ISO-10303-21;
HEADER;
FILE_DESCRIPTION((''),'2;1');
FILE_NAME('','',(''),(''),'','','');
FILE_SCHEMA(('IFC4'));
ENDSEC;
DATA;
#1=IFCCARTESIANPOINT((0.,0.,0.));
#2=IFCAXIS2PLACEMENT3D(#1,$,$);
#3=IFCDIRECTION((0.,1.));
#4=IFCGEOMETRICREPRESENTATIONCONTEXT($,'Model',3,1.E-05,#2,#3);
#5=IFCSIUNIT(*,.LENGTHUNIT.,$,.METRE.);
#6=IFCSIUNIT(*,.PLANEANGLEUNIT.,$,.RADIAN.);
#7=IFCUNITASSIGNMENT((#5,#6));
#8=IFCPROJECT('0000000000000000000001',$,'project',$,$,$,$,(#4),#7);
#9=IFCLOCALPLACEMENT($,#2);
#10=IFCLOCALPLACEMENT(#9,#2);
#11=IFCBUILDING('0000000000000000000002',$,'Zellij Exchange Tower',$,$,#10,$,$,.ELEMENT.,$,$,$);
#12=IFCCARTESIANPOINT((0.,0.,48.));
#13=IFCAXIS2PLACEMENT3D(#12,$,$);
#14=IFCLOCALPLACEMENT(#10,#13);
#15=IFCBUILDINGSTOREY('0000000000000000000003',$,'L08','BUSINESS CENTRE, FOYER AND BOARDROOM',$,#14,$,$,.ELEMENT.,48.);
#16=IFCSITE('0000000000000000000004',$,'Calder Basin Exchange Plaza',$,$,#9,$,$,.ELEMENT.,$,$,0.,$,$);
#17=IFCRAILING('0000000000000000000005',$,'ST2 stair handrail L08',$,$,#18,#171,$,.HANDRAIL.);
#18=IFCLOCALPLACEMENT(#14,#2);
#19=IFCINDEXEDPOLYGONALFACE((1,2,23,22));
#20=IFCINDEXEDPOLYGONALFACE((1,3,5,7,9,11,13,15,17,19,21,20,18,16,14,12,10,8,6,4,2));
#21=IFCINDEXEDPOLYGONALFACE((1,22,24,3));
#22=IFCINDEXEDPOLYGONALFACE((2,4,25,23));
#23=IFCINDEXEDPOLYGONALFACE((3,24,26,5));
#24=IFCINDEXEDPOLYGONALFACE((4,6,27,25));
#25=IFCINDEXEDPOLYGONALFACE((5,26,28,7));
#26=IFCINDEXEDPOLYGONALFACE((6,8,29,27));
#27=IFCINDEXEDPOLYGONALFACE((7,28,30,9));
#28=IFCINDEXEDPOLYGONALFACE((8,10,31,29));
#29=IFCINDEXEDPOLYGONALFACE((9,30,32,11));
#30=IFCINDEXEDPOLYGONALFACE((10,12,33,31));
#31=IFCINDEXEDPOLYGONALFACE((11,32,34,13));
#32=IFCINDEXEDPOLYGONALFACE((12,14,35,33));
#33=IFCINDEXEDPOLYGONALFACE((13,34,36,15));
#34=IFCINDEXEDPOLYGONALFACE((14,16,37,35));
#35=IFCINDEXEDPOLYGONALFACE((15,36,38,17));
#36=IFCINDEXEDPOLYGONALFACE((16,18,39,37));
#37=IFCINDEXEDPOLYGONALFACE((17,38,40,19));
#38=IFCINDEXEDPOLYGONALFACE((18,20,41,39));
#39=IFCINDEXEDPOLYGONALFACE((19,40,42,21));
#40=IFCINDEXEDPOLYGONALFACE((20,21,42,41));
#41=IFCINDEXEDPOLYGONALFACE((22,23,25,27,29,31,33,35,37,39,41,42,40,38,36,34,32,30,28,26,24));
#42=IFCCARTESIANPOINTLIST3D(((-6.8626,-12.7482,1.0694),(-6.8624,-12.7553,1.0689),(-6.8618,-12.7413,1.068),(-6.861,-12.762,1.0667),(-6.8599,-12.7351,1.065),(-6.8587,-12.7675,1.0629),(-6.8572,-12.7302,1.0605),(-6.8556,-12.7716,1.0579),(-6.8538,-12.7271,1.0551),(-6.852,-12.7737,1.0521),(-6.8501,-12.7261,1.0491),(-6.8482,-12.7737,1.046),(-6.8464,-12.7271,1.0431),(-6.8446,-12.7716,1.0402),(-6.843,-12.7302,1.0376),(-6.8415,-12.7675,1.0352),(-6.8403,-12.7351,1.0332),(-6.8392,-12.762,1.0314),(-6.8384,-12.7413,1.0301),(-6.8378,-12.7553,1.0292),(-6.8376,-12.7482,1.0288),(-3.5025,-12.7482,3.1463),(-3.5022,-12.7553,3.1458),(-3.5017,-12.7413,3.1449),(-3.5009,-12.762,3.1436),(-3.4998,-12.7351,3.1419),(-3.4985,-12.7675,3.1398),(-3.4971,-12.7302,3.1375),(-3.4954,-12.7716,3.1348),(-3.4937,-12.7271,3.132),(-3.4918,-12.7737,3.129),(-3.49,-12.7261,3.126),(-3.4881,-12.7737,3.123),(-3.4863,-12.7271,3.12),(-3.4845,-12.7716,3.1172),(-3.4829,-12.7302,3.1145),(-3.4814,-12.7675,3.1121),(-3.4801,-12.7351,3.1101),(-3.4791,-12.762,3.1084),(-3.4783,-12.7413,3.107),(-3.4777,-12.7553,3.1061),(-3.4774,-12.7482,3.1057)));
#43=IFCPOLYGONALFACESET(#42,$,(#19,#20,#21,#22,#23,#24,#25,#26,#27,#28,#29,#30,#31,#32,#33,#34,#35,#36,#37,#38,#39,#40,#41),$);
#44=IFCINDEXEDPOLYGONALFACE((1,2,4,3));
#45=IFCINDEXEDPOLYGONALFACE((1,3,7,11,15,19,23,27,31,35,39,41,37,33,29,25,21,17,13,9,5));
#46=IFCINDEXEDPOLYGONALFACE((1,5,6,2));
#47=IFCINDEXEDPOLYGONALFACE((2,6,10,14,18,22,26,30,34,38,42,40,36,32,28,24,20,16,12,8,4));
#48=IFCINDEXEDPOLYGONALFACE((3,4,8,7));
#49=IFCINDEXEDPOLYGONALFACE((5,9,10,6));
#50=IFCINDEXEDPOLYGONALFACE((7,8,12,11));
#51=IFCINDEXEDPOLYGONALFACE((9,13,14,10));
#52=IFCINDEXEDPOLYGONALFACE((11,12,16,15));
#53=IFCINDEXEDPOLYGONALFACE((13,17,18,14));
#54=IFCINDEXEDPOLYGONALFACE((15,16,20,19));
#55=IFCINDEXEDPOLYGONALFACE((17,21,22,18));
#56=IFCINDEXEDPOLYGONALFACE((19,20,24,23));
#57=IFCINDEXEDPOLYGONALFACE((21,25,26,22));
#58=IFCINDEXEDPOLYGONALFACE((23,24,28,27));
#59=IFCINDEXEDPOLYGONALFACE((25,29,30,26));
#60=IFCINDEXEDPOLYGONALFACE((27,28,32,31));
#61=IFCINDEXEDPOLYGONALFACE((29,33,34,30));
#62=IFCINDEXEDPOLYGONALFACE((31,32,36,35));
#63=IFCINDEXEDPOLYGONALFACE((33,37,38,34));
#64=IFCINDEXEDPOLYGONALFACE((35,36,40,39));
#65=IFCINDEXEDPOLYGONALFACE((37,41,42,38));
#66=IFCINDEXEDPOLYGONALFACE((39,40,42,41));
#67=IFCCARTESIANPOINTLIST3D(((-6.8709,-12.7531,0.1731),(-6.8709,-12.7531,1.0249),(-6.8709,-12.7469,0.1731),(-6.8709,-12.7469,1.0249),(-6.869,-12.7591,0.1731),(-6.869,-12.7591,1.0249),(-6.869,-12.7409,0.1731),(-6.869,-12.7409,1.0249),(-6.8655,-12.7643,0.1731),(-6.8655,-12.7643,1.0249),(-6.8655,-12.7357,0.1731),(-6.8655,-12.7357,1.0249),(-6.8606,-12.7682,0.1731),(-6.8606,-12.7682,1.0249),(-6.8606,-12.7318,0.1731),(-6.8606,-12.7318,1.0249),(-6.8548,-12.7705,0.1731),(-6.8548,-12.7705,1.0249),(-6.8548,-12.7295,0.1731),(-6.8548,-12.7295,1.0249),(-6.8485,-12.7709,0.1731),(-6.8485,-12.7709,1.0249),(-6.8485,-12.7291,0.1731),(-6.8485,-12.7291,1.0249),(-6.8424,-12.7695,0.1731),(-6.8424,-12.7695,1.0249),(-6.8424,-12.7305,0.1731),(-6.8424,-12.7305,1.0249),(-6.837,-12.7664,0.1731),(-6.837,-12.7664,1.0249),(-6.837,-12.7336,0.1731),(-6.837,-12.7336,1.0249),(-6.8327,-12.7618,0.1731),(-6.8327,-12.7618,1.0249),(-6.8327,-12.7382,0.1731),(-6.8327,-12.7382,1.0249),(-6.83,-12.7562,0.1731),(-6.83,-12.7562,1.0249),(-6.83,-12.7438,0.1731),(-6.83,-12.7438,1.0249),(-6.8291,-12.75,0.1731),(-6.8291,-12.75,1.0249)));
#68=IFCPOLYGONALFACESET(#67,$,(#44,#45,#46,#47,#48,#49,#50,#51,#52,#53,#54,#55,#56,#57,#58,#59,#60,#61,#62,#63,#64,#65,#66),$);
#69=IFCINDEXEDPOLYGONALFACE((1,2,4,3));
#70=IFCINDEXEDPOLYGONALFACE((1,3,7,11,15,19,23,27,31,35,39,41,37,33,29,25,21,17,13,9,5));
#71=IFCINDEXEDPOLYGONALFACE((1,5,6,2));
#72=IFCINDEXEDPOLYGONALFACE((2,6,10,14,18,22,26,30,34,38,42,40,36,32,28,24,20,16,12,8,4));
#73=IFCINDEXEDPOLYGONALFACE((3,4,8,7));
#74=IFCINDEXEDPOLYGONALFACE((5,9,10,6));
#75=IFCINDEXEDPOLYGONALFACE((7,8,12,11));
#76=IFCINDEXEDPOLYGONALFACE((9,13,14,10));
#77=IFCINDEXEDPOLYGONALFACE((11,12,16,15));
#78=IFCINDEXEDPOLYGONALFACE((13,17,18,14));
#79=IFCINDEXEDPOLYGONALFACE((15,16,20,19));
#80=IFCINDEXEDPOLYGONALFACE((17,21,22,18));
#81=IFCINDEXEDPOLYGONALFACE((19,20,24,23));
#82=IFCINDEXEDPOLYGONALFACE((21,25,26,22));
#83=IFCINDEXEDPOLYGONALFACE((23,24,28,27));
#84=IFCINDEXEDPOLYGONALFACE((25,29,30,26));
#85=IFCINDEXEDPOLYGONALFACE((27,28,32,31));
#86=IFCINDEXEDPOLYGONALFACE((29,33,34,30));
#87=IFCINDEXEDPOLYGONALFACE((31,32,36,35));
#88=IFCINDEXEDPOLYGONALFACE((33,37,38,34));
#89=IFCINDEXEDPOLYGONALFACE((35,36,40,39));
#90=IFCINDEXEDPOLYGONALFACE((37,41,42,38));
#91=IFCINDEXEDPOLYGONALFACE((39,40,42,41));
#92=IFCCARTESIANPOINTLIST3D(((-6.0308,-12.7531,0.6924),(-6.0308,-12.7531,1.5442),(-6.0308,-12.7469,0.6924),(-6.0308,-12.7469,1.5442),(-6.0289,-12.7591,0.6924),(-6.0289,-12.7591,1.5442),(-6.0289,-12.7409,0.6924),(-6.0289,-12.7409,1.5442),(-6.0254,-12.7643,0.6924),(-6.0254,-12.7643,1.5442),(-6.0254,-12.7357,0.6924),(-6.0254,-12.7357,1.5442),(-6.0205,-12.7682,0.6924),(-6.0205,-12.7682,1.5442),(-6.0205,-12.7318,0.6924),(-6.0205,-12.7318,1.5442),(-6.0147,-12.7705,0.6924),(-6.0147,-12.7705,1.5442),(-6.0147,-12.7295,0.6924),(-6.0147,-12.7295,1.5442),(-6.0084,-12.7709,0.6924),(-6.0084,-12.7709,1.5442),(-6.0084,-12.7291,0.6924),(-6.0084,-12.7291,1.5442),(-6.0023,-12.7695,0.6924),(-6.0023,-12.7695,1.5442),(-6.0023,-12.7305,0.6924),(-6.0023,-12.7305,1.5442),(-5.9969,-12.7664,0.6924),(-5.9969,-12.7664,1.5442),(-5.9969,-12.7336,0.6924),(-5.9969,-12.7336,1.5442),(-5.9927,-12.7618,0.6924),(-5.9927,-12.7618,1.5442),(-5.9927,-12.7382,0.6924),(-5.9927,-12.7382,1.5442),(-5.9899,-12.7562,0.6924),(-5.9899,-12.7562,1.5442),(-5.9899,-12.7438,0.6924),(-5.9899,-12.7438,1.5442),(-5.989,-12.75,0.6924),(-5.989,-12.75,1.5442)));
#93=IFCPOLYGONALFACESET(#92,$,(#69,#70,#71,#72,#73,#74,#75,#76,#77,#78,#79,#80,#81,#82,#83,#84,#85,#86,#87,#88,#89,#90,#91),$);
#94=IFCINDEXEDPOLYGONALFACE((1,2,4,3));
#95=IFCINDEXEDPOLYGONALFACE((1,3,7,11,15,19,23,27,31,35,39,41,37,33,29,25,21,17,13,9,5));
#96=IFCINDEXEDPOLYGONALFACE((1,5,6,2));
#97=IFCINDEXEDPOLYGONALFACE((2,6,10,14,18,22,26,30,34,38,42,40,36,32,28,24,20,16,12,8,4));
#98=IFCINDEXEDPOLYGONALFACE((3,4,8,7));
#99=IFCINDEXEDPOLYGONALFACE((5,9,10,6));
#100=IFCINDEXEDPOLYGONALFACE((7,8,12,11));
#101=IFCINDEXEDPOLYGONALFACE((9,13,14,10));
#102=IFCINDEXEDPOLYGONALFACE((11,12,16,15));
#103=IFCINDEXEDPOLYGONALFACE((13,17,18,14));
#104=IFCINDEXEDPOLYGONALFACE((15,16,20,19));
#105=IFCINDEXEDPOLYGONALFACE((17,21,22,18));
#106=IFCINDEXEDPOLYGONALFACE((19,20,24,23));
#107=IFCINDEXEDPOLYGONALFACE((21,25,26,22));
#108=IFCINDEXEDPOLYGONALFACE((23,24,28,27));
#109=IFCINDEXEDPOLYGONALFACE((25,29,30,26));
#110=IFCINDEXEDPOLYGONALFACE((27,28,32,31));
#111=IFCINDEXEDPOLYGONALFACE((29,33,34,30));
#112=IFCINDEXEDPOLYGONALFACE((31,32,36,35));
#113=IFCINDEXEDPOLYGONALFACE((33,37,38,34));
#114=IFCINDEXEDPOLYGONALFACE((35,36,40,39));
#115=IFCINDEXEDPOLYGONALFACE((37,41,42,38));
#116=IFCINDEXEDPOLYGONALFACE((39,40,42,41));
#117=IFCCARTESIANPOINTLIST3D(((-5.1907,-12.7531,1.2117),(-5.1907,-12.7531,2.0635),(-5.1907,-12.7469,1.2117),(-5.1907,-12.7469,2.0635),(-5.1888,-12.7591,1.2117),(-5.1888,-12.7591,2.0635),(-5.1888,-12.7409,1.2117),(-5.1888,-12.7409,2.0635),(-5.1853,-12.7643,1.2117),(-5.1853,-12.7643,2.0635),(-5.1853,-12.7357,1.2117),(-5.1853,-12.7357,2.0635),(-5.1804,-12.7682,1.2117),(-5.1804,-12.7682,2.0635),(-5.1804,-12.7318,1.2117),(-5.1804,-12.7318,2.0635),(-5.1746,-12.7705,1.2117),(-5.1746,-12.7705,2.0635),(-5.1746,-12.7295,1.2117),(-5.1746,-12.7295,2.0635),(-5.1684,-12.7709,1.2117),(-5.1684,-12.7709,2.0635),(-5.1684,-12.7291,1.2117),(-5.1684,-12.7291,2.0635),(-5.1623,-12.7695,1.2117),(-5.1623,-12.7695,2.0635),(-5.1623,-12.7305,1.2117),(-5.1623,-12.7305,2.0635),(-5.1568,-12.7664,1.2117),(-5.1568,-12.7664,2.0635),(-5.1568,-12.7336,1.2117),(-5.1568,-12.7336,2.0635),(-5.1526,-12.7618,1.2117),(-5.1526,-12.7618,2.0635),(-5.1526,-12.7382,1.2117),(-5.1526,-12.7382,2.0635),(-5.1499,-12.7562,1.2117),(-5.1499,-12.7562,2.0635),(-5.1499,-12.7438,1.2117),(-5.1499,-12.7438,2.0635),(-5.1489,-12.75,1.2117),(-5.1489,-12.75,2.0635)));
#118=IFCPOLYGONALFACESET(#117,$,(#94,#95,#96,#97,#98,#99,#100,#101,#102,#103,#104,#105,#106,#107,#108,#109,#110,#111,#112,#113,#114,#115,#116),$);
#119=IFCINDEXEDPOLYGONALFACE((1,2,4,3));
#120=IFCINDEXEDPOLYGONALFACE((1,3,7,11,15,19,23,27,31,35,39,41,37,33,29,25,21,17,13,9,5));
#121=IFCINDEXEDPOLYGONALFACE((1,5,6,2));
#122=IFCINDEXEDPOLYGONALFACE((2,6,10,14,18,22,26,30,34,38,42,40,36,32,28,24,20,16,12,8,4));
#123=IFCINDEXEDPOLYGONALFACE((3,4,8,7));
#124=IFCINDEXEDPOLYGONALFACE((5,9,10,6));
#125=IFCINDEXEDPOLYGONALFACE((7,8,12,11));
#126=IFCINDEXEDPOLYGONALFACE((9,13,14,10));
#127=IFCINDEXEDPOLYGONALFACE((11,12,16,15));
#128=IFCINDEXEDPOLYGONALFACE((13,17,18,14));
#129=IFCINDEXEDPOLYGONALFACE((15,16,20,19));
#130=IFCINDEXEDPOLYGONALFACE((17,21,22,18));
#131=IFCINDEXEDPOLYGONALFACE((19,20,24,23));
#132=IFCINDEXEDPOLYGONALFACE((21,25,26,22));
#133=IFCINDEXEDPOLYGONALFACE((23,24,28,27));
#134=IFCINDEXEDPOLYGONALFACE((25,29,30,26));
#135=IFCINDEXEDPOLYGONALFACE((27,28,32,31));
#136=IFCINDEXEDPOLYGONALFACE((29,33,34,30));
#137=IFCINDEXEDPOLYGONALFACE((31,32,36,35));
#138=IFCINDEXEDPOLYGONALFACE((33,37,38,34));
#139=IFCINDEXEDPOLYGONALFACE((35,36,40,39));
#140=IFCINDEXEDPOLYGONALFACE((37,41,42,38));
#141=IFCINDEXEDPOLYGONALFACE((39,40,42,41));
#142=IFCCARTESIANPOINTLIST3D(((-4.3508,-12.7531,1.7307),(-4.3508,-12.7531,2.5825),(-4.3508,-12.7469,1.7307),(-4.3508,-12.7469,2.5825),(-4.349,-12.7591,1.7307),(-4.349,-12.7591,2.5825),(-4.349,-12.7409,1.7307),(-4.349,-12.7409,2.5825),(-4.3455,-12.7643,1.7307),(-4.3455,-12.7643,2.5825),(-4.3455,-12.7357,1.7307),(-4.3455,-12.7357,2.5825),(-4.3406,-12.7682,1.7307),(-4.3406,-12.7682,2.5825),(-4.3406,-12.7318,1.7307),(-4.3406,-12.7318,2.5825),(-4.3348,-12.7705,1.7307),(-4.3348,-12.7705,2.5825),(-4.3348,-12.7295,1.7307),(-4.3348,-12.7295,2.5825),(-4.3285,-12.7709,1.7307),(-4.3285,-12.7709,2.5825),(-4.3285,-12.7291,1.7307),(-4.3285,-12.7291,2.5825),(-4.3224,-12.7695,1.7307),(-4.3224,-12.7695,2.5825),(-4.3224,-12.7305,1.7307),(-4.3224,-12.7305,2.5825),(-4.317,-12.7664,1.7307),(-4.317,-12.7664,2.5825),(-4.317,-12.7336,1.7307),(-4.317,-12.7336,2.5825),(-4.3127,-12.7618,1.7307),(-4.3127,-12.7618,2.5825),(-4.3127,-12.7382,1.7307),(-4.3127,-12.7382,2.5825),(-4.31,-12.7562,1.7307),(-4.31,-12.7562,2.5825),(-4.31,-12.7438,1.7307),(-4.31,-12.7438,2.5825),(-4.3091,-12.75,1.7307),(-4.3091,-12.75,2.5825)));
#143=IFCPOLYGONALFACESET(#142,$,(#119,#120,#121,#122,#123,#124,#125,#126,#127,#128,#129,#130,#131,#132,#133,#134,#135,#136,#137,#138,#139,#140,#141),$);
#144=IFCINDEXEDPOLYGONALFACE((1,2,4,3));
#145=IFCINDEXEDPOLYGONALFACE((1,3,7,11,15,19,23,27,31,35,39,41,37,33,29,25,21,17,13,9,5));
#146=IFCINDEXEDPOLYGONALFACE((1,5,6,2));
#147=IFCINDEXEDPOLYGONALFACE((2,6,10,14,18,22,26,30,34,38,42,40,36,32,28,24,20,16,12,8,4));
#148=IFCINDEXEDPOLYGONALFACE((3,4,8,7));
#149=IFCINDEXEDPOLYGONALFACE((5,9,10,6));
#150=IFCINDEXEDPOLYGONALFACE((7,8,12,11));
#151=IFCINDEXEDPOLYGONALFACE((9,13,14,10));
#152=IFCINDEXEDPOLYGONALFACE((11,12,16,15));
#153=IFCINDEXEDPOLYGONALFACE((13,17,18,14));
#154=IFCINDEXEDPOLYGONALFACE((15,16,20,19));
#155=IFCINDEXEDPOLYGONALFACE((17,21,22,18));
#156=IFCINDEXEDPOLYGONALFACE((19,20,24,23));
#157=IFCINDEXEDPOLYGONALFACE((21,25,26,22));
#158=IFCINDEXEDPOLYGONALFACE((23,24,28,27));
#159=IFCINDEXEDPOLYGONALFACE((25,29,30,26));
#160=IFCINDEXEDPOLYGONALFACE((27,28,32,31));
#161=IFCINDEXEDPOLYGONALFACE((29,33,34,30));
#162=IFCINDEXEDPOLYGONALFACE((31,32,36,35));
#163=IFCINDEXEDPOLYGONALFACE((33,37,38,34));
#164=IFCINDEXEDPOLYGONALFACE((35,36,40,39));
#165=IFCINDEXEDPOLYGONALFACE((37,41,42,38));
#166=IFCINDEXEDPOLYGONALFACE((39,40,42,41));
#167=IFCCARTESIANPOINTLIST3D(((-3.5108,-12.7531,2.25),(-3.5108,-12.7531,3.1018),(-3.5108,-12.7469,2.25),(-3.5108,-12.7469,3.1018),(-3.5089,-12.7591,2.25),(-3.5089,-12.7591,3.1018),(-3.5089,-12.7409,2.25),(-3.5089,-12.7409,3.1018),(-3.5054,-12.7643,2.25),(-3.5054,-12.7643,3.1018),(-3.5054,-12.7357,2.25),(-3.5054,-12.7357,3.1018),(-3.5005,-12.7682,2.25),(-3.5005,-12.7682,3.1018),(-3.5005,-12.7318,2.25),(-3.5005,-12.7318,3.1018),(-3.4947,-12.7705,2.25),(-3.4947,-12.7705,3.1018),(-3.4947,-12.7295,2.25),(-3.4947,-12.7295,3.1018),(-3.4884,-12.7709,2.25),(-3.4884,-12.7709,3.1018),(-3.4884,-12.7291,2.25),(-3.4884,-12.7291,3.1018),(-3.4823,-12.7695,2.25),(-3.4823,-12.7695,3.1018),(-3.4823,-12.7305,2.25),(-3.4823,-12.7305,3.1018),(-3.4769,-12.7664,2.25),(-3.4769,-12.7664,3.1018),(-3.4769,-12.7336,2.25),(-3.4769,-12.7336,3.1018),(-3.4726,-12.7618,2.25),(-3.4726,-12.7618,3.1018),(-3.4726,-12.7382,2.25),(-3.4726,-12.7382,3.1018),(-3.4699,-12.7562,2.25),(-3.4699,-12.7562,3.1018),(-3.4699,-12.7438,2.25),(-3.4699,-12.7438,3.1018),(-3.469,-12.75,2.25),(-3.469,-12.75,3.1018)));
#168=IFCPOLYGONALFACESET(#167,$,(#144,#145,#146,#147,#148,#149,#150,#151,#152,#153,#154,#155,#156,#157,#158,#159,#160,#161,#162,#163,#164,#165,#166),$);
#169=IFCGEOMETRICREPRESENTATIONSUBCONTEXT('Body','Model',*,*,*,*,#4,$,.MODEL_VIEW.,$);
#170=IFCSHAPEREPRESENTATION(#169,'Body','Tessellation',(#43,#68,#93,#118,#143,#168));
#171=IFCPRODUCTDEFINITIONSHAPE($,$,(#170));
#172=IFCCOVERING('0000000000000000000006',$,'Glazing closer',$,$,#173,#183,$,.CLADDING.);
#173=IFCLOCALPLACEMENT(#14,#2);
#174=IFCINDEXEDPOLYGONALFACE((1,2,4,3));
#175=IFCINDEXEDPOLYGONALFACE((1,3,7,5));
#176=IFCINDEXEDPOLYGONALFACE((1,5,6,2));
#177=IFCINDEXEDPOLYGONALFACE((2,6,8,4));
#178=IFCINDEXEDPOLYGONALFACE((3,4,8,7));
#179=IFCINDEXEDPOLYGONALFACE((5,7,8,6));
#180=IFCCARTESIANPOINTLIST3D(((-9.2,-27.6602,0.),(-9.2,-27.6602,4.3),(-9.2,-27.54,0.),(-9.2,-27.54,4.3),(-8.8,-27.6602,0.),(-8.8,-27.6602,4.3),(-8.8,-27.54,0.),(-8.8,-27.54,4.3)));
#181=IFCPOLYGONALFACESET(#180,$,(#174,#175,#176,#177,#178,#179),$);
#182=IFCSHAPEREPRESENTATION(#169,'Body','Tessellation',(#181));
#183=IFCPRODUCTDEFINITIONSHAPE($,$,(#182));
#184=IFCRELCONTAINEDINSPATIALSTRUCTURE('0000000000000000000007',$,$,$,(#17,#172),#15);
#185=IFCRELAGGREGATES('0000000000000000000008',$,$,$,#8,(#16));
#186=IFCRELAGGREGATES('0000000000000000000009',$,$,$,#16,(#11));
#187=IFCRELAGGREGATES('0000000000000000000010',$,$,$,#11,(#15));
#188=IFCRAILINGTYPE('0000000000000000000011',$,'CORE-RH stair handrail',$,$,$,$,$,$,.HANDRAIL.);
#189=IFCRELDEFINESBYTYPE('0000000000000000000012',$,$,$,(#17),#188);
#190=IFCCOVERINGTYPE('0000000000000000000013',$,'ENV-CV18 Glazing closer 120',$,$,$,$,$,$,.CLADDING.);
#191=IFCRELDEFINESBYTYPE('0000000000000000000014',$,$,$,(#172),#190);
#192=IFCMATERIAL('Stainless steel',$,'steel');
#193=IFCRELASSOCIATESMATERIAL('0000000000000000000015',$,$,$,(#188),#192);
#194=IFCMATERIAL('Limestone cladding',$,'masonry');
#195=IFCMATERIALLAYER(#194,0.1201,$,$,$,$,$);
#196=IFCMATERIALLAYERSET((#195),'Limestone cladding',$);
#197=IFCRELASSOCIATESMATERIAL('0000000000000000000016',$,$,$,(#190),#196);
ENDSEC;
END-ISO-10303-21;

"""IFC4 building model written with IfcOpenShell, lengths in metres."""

from ifc_helpers import new_model, si_unit, direction, frame, origin, origin_2d, place, context, subcontext, project, spatial, rectangle, circle, extrude, material, layer, layer_set, type_object, element, save


model = new_model("IFC4")

# Units and contexts
model_context = context("Model", 3, precision=1e-05, world=origin(), true_north=direction((0.0, 1.0)))
body_context = subcontext(model_context, "Body", "Model", "MODEL_VIEW")
ifc_project = project(units=[si_unit("LENGTHUNIT", "METRE"), si_unit("PLANEANGLEUNIT", "RADIAN")], contexts=[model_context])

# Site, building, storey
site_placement = place(None, origin())
site = spatial("IfcSite", under=ifc_project, at=site_placement, Name="Calder Basin Exchange Plaza", CompositionType="ELEMENT", RefElevation=0.0)
building_placement = place(site_placement, origin())
building = spatial("IfcBuilding", under=site, at=building_placement, Name="Zellij Exchange Tower", CompositionType="ELEMENT")
storey_placement = place(building_placement, frame((0.0, 0.0, 48.0)))
storey = spatial("IfcBuildingStorey", under=building, at=storey_placement, Name="L08", Description="BUSINESS CENTRE, FOYER AND BOARDROOM", CompositionType="ELEMENT", Elevation=48.0)

# Railing
ifc_material_1 = material(Name="Stainless steel", Category="steel")
railing_type_1 = type_object("IfcRailingType", Name="CORE-RH stair handrail", PredefinedType="HANDRAIL", material=ifc_material_1)
railing_1_placement = place(storey_placement, frame((-6.8501, -12.75, 0.1731)))
element("IfcRailing", 1, at=railing_1_placement, inside=storey, type_object=railing_type_1, Name="ST2 stair handrail L08", PredefinedType="HANDRAIL", context=body_context, shape_type="SweptSolid", body=[
    extrude(circle(Radius=0.0239, at=origin_2d()), frame((0.0, 0.0, 0.876), z_axis=(0.850623, 0.0, 0.525776), x_axis=(0.0, 1.0, 0.0)), (0.0, 0.0, 1.0), 3.9502),
    extrude(circle(Radius=0.021, at=origin_2d()), origin(), (0.0, 0.0, 1.0), 0.8518),
    extrude(circle(Radius=0.021, at=origin_2d()), frame((0.8401, 0.0, 0.5193)), (0.0, 0.0, 1.0), 0.8518),
    extrude(circle(Radius=0.021, at=origin_2d()), frame((1.6802, 0.0, 1.0386)), (0.0, 0.0, 1.0), 0.8518),
    extrude(circle(Radius=0.021, at=origin_2d()), frame((2.52, 0.0, 1.5576)), (0.0, 0.0, 1.0), 0.8518),
    extrude(circle(Radius=0.021, at=origin_2d()), frame((3.3601, 0.0, 2.0769)), (0.0, 0.0, 1.0), 0.8518),
])

# Covering
ifc_material_2 = material(Name="Limestone cladding", Category="masonry")
ifc_layer_1 = layer(ifc_material_2, 0.1201)
ifc_layer_set_1 = layer_set([ifc_layer_1], Name="Limestone cladding")
covering_type_1 = type_object("IfcCoveringType", Name="ENV-CV18 Glazing closer 120", PredefinedType="CLADDING", material=ifc_layer_set_1)
covering_1_placement = place(storey_placement, frame((-9.0, -27.6001, 0.0), z_axis=(0.0, 0.0, 1.0), x_axis=(1.0, 0.0, 0.0)))
element("IfcCovering", 2, at=covering_1_placement, inside=storey, type_object=covering_type_1, Name="Glazing closer", PredefinedType="CLADDING", context=body_context, shape_type="SweptSolid", body=[
    extrude(rectangle(XDim=0.3999, YDim=0.1201, at=origin_2d()), origin(), (0.0, 0.0, 1.0), 4.3),
])

save(model, "model.ifc")
